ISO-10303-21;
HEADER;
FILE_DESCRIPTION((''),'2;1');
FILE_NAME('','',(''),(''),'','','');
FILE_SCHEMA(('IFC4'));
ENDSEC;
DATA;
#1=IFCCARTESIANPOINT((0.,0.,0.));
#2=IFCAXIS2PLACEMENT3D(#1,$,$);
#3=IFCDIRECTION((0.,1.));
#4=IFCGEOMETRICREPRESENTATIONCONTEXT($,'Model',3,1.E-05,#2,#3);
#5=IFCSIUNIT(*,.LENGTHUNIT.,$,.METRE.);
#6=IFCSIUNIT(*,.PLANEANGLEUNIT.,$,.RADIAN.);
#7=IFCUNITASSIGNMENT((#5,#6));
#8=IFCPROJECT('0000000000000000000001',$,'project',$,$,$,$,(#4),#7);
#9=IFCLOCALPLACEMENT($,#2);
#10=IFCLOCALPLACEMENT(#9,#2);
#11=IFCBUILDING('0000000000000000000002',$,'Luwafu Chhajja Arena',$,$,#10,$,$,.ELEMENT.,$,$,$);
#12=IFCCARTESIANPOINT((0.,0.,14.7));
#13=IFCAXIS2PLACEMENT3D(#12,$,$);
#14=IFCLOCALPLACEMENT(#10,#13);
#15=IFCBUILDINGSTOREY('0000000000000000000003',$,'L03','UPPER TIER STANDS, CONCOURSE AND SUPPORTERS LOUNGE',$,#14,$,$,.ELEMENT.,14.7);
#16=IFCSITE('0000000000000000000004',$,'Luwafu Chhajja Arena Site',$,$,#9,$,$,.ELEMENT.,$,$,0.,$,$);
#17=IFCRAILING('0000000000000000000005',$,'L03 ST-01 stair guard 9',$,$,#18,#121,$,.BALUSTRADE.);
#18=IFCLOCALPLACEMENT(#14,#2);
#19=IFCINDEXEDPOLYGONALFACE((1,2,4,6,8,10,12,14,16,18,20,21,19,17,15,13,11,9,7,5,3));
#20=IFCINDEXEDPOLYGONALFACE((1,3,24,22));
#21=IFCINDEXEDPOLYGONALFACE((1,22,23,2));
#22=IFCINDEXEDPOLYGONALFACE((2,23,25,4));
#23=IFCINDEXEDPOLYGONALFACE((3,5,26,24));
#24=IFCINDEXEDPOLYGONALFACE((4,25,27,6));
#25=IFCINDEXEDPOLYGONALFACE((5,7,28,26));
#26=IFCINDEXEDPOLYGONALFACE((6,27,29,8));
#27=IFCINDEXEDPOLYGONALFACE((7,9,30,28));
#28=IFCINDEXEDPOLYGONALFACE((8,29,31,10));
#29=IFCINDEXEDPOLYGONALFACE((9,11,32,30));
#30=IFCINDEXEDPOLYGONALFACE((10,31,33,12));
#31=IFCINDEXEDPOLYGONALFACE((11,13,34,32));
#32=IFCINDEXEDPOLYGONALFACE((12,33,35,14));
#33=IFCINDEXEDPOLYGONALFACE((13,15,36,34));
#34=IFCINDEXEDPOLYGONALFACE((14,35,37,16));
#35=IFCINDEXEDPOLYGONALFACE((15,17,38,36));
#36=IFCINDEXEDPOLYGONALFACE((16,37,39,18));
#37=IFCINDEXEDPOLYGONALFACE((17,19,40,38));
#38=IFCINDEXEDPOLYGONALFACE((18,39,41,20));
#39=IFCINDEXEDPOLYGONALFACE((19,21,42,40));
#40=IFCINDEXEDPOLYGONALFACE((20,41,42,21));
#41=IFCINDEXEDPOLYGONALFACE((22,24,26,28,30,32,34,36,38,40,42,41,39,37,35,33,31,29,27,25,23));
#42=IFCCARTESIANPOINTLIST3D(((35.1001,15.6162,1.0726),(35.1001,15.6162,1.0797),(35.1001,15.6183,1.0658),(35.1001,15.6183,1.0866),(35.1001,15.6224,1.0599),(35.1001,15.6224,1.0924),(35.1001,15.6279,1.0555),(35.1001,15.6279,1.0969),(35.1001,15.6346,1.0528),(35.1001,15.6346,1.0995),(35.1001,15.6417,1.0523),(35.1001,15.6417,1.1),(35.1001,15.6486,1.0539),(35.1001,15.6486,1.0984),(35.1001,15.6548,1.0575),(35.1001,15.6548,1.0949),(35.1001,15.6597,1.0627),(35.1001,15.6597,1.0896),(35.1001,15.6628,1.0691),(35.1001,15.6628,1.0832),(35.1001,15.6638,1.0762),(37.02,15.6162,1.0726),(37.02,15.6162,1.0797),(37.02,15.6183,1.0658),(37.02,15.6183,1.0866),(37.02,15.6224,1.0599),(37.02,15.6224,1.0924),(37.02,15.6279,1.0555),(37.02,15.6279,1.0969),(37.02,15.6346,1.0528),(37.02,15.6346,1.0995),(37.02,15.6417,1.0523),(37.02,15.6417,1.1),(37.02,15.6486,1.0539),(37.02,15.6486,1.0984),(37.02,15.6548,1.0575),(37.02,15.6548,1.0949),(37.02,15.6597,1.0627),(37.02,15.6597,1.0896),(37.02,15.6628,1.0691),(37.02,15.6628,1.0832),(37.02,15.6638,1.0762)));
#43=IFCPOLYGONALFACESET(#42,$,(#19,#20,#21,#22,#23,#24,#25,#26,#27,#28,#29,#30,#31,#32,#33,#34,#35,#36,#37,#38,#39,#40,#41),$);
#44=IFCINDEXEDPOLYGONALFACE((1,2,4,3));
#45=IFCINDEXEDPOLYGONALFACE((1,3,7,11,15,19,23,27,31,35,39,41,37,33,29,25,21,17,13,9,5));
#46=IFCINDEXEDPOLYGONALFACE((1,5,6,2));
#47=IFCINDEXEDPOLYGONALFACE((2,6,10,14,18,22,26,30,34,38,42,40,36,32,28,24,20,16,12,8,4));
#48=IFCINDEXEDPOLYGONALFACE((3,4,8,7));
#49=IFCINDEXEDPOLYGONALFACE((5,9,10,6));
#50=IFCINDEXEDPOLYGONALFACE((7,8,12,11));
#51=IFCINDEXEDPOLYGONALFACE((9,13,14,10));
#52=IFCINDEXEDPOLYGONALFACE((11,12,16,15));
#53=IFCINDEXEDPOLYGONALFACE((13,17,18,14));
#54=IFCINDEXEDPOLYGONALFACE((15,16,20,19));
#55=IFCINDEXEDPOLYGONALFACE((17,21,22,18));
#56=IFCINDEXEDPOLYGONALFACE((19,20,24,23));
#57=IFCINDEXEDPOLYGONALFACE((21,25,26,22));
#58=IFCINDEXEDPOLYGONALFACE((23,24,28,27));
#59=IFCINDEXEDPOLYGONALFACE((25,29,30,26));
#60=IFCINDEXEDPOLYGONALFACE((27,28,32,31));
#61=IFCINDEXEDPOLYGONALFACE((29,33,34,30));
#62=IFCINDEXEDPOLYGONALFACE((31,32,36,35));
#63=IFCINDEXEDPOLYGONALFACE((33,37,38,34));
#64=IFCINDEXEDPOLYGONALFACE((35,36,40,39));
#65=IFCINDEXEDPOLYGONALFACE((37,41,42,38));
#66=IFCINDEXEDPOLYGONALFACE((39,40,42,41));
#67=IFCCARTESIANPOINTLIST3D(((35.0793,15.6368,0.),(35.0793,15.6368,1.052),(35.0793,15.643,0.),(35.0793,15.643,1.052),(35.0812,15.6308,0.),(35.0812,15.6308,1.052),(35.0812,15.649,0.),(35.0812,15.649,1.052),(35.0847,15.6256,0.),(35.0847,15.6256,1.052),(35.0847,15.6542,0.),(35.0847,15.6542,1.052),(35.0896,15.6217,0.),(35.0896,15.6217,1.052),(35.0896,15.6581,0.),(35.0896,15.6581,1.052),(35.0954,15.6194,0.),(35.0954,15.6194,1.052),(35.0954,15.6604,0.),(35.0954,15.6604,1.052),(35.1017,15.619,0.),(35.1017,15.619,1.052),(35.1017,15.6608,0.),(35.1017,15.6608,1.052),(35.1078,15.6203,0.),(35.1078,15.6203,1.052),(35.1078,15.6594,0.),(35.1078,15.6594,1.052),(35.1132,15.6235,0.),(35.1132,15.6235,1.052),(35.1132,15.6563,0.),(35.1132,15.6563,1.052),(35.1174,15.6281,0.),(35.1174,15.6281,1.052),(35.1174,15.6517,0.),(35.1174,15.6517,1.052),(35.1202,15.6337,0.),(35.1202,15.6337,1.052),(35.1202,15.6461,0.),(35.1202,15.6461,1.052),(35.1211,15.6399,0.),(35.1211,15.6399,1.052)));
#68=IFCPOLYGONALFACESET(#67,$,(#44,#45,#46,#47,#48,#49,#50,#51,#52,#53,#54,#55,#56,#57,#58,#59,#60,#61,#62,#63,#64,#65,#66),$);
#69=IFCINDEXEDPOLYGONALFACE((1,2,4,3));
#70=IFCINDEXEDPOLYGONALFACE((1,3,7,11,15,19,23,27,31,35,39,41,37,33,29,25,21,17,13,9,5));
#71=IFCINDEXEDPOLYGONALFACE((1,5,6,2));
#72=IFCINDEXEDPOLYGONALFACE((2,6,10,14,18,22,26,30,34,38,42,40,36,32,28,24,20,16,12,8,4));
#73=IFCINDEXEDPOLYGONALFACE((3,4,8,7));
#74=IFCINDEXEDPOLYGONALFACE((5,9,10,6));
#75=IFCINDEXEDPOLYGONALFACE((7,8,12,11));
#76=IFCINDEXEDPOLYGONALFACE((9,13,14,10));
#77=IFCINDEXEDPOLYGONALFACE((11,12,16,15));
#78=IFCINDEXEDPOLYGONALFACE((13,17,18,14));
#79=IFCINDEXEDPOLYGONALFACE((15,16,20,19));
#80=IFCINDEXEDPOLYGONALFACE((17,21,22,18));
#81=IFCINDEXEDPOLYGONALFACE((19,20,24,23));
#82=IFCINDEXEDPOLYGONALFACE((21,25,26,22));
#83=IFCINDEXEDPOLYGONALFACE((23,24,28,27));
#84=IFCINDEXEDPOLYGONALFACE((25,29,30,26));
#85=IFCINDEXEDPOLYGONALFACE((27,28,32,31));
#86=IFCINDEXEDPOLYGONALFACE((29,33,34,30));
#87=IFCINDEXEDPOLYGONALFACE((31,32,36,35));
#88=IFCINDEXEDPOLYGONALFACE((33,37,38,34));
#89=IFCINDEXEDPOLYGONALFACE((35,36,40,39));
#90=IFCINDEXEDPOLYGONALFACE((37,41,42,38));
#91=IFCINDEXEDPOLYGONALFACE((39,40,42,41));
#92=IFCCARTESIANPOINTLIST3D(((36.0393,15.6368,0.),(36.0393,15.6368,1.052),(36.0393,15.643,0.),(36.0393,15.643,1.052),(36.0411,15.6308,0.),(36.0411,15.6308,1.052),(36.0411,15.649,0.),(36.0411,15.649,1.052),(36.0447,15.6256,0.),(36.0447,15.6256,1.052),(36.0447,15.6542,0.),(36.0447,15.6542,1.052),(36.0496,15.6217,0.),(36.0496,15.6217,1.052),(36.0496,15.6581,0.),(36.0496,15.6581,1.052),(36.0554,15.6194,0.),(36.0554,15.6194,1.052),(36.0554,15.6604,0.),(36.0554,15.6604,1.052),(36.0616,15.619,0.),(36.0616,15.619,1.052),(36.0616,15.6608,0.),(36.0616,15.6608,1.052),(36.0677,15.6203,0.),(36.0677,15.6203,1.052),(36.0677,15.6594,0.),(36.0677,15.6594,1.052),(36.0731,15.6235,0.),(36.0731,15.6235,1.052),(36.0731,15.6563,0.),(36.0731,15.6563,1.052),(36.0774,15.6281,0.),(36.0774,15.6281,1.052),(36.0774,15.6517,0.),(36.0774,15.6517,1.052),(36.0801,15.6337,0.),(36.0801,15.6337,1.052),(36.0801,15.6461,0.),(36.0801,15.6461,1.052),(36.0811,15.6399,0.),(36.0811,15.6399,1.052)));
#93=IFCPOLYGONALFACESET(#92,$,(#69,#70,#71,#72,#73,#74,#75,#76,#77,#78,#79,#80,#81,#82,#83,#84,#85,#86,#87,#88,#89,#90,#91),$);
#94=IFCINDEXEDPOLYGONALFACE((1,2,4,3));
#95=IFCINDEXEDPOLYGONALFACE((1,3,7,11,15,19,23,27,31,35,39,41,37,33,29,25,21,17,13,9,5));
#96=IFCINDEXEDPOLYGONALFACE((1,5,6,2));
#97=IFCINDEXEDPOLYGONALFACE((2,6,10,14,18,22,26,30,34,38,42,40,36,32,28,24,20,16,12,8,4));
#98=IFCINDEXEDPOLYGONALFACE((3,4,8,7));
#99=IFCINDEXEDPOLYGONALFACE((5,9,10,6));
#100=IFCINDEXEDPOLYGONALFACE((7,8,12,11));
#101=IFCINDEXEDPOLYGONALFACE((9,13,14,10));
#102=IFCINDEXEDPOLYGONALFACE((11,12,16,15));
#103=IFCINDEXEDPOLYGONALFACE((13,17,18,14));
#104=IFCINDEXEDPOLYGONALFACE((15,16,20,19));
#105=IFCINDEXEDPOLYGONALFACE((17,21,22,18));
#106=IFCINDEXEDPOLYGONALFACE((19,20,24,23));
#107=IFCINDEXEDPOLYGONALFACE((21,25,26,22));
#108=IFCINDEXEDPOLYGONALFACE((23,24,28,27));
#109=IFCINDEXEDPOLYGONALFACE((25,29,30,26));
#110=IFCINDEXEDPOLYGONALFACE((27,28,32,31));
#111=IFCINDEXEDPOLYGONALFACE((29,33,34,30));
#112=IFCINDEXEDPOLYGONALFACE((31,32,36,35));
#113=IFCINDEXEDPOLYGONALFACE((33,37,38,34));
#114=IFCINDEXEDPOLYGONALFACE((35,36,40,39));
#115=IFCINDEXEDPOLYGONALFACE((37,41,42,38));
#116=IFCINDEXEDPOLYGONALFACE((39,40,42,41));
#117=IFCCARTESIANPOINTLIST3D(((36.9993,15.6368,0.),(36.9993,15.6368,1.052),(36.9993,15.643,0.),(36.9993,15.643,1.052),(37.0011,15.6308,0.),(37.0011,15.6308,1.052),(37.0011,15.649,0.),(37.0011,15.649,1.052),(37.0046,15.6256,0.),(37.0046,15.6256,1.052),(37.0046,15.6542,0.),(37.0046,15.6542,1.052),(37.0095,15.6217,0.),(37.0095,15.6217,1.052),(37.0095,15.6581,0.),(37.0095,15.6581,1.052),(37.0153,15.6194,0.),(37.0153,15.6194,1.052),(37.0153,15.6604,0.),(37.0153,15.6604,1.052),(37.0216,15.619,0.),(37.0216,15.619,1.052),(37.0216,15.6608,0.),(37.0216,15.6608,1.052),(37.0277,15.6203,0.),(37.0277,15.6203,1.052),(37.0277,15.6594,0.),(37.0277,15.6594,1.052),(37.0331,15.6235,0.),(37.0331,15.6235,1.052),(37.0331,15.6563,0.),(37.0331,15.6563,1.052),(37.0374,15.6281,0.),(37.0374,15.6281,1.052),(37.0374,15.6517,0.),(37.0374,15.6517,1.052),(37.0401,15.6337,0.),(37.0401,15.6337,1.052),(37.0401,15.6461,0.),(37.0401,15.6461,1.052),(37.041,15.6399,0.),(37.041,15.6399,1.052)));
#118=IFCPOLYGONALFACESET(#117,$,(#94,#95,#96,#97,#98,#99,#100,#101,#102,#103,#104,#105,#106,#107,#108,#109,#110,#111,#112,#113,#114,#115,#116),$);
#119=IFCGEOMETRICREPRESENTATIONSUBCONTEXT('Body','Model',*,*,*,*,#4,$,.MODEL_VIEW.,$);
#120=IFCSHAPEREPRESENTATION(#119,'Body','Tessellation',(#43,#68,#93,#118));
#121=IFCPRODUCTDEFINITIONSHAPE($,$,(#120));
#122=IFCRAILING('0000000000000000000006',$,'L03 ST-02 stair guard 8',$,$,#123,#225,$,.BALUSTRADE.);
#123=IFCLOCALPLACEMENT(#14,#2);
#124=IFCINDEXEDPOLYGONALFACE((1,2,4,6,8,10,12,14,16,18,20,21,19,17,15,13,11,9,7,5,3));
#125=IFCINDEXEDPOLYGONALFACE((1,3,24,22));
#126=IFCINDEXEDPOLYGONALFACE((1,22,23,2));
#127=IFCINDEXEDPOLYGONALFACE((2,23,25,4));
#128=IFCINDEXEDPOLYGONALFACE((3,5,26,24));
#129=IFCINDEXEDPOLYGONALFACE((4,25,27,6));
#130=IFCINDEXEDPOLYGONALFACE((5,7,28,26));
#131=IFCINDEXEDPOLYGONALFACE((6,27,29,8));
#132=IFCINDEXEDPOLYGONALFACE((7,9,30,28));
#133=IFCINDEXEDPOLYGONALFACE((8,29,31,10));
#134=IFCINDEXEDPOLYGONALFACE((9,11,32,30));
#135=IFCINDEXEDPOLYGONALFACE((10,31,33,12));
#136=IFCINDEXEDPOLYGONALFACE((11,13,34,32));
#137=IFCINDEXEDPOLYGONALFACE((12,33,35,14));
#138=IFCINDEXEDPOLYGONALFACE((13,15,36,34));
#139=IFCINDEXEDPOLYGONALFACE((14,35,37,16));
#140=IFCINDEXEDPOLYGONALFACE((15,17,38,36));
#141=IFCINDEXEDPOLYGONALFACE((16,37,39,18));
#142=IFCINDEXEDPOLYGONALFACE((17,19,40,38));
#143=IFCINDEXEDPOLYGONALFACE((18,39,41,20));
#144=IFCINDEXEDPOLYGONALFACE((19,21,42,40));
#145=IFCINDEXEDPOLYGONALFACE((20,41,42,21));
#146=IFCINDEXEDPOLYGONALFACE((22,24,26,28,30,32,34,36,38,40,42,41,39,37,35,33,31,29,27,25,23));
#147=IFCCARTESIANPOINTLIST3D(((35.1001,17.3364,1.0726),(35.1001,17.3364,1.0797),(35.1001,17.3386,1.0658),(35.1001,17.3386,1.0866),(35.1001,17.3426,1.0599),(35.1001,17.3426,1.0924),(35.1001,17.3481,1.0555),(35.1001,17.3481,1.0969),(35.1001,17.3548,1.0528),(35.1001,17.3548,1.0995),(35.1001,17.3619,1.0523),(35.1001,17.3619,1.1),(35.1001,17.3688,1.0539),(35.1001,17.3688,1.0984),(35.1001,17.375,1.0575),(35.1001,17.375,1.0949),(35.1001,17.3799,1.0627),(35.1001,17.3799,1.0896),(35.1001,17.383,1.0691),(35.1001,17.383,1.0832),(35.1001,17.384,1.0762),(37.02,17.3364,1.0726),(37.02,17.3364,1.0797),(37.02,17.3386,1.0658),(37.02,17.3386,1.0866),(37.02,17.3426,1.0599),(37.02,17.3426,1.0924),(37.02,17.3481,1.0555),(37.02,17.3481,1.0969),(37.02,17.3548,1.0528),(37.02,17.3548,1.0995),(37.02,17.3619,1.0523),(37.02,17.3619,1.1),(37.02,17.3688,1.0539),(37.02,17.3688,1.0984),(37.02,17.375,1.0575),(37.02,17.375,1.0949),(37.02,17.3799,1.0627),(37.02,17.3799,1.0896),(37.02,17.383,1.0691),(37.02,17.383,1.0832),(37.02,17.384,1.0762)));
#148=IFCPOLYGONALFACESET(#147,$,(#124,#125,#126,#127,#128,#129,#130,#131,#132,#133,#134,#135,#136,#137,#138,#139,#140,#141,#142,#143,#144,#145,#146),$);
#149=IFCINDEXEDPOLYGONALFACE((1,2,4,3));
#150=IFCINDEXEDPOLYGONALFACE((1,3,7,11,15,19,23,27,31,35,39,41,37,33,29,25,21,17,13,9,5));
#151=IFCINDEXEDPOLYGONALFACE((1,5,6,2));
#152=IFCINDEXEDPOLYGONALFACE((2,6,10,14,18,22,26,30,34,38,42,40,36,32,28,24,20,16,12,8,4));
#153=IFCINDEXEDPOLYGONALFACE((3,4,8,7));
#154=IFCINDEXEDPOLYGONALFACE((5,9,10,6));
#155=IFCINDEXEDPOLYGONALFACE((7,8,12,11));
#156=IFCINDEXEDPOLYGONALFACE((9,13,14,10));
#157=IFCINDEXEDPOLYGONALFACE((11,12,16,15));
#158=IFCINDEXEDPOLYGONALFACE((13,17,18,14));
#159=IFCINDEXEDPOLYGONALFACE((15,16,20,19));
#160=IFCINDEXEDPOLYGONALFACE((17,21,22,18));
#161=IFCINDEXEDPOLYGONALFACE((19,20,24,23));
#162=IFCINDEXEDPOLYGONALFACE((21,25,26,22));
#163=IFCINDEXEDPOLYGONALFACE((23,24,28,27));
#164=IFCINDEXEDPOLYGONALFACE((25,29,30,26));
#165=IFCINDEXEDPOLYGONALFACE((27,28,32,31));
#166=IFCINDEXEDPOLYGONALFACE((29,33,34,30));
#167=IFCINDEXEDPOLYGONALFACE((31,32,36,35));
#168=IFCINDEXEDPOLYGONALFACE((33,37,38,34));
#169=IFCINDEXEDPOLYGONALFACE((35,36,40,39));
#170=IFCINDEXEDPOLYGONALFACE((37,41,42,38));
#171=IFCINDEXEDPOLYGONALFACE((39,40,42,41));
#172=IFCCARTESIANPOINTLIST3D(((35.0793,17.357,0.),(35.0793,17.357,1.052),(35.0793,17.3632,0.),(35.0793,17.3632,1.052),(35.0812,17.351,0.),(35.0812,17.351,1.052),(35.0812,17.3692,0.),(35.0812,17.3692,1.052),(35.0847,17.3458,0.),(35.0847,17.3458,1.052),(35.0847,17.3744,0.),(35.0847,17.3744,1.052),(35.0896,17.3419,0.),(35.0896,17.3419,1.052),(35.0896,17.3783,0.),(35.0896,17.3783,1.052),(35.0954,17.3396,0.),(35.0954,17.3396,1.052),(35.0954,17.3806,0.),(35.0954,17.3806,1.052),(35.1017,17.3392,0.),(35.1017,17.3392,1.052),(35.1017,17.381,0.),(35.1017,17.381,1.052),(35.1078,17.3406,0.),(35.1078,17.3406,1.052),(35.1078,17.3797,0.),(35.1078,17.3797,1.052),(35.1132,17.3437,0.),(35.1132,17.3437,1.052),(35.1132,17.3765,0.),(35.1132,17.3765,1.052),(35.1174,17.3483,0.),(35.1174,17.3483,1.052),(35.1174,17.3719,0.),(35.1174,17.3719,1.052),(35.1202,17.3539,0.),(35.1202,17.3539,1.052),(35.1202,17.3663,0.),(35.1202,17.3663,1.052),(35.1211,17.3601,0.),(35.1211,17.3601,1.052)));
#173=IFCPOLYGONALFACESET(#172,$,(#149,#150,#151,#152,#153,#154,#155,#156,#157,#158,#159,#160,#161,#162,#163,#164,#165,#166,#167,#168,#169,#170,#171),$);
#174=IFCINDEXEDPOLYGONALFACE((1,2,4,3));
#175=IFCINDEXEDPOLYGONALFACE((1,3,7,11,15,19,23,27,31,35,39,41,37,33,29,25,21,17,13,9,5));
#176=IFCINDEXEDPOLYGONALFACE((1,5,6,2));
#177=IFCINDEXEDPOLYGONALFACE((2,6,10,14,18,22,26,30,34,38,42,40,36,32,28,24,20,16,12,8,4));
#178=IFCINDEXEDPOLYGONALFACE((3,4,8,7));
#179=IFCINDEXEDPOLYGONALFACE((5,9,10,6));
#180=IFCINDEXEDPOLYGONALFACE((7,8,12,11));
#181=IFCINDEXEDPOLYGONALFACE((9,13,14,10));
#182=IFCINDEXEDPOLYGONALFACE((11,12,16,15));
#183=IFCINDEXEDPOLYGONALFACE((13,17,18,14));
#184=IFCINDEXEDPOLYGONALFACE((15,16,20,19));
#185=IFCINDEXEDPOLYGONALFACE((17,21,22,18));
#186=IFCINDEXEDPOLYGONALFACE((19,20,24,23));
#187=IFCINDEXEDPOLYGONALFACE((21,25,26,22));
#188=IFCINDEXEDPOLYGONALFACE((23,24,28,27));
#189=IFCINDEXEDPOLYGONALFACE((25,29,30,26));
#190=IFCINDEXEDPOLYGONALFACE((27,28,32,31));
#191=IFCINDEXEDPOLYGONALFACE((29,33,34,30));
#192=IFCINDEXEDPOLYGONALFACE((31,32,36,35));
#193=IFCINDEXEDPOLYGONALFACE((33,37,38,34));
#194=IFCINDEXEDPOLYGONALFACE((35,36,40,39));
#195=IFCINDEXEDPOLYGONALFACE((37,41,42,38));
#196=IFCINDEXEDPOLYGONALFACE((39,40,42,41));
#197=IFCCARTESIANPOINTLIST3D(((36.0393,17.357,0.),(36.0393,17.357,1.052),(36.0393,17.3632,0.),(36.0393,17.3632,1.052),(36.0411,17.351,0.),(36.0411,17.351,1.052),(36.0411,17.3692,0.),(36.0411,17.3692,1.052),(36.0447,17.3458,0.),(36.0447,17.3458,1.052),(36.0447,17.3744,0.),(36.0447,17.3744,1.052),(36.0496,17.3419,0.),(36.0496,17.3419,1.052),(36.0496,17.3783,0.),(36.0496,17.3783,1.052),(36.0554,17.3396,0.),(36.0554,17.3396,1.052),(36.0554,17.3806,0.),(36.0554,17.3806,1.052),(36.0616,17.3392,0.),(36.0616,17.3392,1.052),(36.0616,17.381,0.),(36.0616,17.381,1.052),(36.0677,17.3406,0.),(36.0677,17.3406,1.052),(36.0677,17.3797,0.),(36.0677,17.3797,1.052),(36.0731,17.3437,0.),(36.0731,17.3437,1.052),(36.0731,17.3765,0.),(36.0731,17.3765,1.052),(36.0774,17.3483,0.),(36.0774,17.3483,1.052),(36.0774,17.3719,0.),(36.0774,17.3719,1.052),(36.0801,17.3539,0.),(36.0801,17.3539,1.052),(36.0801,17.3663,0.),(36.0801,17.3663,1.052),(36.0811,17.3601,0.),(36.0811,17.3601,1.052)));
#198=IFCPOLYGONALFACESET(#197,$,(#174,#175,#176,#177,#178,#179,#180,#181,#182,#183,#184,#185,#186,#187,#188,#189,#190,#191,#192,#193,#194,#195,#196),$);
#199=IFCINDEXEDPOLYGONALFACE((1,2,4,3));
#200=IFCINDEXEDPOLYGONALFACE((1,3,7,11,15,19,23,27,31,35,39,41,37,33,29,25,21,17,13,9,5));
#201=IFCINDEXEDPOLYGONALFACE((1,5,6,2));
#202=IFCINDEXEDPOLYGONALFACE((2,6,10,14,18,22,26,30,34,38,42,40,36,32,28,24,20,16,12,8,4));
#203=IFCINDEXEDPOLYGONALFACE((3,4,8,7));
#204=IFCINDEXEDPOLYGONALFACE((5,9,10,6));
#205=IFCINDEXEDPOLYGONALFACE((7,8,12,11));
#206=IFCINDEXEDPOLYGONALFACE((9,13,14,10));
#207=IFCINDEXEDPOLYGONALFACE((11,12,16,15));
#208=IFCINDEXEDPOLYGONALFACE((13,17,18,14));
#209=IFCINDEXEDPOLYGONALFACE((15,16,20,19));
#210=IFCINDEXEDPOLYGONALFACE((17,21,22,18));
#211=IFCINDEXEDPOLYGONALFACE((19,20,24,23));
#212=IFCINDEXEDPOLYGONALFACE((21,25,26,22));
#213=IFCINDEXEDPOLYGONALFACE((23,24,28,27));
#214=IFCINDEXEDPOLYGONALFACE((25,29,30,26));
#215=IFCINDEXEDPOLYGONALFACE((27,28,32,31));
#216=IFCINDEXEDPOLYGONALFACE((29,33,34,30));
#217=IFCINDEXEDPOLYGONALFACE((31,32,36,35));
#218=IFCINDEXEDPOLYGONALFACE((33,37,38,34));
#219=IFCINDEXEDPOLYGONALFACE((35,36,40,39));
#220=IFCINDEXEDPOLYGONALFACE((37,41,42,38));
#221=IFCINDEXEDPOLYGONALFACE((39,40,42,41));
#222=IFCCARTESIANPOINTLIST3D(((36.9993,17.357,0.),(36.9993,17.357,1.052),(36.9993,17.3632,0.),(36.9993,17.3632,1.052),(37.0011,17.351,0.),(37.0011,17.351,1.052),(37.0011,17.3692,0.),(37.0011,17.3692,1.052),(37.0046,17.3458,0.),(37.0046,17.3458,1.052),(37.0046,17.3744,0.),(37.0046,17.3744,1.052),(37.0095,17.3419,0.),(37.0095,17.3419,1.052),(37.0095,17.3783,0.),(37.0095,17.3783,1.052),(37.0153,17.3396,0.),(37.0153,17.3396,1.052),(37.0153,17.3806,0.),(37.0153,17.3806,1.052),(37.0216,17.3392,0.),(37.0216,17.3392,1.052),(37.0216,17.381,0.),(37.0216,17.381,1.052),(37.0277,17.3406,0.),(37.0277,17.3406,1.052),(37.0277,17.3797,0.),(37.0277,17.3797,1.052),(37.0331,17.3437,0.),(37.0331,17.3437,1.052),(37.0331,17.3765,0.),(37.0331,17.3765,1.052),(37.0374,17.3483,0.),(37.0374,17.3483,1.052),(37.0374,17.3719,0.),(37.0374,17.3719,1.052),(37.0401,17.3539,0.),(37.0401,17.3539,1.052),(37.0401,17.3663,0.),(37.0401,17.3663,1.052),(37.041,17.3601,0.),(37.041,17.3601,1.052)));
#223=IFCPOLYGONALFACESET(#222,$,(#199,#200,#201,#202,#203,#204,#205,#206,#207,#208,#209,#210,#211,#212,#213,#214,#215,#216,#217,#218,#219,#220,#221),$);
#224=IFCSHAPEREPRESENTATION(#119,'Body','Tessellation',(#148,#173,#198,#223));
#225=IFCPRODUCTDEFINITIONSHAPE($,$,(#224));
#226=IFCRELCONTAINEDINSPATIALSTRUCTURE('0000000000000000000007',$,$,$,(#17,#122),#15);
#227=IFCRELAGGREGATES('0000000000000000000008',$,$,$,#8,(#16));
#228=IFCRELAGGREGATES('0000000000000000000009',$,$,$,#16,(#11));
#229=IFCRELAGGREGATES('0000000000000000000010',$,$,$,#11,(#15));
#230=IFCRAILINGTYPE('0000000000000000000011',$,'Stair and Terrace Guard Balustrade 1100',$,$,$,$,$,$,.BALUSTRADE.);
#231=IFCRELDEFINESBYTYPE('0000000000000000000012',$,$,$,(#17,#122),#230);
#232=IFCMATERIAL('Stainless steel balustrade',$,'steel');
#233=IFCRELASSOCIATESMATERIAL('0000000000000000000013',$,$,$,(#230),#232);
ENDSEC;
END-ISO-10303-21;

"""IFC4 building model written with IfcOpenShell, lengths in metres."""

from ifc_helpers import new_model, si_unit, direction, frame, origin, origin_2d, place, context, subcontext, project, spatial, circle, extrude, material, type_object, element, save


model = new_model("IFC4")

# Units and contexts
model_context = context("Model", 3, precision=1e-05, world=origin(), true_north=direction((0.0, 1.0)))
body_context = subcontext(model_context, "Body", "Model", "MODEL_VIEW")
ifc_project = project(units=[si_unit("LENGTHUNIT", "METRE"), si_unit("PLANEANGLEUNIT", "RADIAN")], contexts=[model_context])

# Site, building, storey
site_placement = place(None, origin())
site = spatial("IfcSite", under=ifc_project, at=site_placement, Name="Luwafu Chhajja Arena Site", CompositionType="ELEMENT", RefElevation=0.0)
building_placement = place(site_placement, origin())
building = spatial("IfcBuilding", under=site, at=building_placement, Name="Luwafu Chhajja Arena", CompositionType="ELEMENT")
storey_placement = place(building_placement, frame((0.0, 0.0, 14.7)))
storey = spatial("IfcBuildingStorey", under=building, at=storey_placement, Name="L03", Description="UPPER TIER STANDS, CONCOURSE AND SUPPORTERS LOUNGE", CompositionType="ELEMENT", Elevation=14.7)

# Railings
ifc_material_1 = material(Name="Stainless steel balustrade", Category="steel")
railing_type = type_object("IfcRailingType", Name="Stair and Terrace Guard Balustrade 1100", PredefinedType="BALUSTRADE", material=ifc_material_1)
for number, where, name in (
    (1, (35.1001, 15.6399, 0.0), "L03 ST-01 stair guard 9"),
    (2, (35.1001, 17.3601, 0.0), "L03 ST-02 stair guard 8"),
):
    element("IfcRailing", number, at=place(storey_placement, frame(where)), inside=storey, type_object=railing_type, Name=name, PredefinedType="BALUSTRADE", context=body_context, shape_type="SweptSolid", body=[
        extrude(circle(Radius=0.0239, at=origin_2d()), frame((0.0, 0.0, 1.0762), z_axis=(1.0, 0.0, 0.0), x_axis=(0.0, 1.0, 0.0)), (0.0, 0.0, 1.0), 1.9199),
        extrude(circle(Radius=0.021, at=origin_2d()), origin(), (0.0, 0.0, 1.0), 1.052),
        extrude(circle(Radius=0.021, at=origin_2d()), frame((0.96, 0.0, 0.0)), (0.0, 0.0, 1.0), 1.052),
        extrude(circle(Radius=0.021, at=origin_2d()), frame((1.9199, 0.0, 0.0)), (0.0, 0.0, 1.0), 1.052),
    ])

save(model, "model.ifc")
